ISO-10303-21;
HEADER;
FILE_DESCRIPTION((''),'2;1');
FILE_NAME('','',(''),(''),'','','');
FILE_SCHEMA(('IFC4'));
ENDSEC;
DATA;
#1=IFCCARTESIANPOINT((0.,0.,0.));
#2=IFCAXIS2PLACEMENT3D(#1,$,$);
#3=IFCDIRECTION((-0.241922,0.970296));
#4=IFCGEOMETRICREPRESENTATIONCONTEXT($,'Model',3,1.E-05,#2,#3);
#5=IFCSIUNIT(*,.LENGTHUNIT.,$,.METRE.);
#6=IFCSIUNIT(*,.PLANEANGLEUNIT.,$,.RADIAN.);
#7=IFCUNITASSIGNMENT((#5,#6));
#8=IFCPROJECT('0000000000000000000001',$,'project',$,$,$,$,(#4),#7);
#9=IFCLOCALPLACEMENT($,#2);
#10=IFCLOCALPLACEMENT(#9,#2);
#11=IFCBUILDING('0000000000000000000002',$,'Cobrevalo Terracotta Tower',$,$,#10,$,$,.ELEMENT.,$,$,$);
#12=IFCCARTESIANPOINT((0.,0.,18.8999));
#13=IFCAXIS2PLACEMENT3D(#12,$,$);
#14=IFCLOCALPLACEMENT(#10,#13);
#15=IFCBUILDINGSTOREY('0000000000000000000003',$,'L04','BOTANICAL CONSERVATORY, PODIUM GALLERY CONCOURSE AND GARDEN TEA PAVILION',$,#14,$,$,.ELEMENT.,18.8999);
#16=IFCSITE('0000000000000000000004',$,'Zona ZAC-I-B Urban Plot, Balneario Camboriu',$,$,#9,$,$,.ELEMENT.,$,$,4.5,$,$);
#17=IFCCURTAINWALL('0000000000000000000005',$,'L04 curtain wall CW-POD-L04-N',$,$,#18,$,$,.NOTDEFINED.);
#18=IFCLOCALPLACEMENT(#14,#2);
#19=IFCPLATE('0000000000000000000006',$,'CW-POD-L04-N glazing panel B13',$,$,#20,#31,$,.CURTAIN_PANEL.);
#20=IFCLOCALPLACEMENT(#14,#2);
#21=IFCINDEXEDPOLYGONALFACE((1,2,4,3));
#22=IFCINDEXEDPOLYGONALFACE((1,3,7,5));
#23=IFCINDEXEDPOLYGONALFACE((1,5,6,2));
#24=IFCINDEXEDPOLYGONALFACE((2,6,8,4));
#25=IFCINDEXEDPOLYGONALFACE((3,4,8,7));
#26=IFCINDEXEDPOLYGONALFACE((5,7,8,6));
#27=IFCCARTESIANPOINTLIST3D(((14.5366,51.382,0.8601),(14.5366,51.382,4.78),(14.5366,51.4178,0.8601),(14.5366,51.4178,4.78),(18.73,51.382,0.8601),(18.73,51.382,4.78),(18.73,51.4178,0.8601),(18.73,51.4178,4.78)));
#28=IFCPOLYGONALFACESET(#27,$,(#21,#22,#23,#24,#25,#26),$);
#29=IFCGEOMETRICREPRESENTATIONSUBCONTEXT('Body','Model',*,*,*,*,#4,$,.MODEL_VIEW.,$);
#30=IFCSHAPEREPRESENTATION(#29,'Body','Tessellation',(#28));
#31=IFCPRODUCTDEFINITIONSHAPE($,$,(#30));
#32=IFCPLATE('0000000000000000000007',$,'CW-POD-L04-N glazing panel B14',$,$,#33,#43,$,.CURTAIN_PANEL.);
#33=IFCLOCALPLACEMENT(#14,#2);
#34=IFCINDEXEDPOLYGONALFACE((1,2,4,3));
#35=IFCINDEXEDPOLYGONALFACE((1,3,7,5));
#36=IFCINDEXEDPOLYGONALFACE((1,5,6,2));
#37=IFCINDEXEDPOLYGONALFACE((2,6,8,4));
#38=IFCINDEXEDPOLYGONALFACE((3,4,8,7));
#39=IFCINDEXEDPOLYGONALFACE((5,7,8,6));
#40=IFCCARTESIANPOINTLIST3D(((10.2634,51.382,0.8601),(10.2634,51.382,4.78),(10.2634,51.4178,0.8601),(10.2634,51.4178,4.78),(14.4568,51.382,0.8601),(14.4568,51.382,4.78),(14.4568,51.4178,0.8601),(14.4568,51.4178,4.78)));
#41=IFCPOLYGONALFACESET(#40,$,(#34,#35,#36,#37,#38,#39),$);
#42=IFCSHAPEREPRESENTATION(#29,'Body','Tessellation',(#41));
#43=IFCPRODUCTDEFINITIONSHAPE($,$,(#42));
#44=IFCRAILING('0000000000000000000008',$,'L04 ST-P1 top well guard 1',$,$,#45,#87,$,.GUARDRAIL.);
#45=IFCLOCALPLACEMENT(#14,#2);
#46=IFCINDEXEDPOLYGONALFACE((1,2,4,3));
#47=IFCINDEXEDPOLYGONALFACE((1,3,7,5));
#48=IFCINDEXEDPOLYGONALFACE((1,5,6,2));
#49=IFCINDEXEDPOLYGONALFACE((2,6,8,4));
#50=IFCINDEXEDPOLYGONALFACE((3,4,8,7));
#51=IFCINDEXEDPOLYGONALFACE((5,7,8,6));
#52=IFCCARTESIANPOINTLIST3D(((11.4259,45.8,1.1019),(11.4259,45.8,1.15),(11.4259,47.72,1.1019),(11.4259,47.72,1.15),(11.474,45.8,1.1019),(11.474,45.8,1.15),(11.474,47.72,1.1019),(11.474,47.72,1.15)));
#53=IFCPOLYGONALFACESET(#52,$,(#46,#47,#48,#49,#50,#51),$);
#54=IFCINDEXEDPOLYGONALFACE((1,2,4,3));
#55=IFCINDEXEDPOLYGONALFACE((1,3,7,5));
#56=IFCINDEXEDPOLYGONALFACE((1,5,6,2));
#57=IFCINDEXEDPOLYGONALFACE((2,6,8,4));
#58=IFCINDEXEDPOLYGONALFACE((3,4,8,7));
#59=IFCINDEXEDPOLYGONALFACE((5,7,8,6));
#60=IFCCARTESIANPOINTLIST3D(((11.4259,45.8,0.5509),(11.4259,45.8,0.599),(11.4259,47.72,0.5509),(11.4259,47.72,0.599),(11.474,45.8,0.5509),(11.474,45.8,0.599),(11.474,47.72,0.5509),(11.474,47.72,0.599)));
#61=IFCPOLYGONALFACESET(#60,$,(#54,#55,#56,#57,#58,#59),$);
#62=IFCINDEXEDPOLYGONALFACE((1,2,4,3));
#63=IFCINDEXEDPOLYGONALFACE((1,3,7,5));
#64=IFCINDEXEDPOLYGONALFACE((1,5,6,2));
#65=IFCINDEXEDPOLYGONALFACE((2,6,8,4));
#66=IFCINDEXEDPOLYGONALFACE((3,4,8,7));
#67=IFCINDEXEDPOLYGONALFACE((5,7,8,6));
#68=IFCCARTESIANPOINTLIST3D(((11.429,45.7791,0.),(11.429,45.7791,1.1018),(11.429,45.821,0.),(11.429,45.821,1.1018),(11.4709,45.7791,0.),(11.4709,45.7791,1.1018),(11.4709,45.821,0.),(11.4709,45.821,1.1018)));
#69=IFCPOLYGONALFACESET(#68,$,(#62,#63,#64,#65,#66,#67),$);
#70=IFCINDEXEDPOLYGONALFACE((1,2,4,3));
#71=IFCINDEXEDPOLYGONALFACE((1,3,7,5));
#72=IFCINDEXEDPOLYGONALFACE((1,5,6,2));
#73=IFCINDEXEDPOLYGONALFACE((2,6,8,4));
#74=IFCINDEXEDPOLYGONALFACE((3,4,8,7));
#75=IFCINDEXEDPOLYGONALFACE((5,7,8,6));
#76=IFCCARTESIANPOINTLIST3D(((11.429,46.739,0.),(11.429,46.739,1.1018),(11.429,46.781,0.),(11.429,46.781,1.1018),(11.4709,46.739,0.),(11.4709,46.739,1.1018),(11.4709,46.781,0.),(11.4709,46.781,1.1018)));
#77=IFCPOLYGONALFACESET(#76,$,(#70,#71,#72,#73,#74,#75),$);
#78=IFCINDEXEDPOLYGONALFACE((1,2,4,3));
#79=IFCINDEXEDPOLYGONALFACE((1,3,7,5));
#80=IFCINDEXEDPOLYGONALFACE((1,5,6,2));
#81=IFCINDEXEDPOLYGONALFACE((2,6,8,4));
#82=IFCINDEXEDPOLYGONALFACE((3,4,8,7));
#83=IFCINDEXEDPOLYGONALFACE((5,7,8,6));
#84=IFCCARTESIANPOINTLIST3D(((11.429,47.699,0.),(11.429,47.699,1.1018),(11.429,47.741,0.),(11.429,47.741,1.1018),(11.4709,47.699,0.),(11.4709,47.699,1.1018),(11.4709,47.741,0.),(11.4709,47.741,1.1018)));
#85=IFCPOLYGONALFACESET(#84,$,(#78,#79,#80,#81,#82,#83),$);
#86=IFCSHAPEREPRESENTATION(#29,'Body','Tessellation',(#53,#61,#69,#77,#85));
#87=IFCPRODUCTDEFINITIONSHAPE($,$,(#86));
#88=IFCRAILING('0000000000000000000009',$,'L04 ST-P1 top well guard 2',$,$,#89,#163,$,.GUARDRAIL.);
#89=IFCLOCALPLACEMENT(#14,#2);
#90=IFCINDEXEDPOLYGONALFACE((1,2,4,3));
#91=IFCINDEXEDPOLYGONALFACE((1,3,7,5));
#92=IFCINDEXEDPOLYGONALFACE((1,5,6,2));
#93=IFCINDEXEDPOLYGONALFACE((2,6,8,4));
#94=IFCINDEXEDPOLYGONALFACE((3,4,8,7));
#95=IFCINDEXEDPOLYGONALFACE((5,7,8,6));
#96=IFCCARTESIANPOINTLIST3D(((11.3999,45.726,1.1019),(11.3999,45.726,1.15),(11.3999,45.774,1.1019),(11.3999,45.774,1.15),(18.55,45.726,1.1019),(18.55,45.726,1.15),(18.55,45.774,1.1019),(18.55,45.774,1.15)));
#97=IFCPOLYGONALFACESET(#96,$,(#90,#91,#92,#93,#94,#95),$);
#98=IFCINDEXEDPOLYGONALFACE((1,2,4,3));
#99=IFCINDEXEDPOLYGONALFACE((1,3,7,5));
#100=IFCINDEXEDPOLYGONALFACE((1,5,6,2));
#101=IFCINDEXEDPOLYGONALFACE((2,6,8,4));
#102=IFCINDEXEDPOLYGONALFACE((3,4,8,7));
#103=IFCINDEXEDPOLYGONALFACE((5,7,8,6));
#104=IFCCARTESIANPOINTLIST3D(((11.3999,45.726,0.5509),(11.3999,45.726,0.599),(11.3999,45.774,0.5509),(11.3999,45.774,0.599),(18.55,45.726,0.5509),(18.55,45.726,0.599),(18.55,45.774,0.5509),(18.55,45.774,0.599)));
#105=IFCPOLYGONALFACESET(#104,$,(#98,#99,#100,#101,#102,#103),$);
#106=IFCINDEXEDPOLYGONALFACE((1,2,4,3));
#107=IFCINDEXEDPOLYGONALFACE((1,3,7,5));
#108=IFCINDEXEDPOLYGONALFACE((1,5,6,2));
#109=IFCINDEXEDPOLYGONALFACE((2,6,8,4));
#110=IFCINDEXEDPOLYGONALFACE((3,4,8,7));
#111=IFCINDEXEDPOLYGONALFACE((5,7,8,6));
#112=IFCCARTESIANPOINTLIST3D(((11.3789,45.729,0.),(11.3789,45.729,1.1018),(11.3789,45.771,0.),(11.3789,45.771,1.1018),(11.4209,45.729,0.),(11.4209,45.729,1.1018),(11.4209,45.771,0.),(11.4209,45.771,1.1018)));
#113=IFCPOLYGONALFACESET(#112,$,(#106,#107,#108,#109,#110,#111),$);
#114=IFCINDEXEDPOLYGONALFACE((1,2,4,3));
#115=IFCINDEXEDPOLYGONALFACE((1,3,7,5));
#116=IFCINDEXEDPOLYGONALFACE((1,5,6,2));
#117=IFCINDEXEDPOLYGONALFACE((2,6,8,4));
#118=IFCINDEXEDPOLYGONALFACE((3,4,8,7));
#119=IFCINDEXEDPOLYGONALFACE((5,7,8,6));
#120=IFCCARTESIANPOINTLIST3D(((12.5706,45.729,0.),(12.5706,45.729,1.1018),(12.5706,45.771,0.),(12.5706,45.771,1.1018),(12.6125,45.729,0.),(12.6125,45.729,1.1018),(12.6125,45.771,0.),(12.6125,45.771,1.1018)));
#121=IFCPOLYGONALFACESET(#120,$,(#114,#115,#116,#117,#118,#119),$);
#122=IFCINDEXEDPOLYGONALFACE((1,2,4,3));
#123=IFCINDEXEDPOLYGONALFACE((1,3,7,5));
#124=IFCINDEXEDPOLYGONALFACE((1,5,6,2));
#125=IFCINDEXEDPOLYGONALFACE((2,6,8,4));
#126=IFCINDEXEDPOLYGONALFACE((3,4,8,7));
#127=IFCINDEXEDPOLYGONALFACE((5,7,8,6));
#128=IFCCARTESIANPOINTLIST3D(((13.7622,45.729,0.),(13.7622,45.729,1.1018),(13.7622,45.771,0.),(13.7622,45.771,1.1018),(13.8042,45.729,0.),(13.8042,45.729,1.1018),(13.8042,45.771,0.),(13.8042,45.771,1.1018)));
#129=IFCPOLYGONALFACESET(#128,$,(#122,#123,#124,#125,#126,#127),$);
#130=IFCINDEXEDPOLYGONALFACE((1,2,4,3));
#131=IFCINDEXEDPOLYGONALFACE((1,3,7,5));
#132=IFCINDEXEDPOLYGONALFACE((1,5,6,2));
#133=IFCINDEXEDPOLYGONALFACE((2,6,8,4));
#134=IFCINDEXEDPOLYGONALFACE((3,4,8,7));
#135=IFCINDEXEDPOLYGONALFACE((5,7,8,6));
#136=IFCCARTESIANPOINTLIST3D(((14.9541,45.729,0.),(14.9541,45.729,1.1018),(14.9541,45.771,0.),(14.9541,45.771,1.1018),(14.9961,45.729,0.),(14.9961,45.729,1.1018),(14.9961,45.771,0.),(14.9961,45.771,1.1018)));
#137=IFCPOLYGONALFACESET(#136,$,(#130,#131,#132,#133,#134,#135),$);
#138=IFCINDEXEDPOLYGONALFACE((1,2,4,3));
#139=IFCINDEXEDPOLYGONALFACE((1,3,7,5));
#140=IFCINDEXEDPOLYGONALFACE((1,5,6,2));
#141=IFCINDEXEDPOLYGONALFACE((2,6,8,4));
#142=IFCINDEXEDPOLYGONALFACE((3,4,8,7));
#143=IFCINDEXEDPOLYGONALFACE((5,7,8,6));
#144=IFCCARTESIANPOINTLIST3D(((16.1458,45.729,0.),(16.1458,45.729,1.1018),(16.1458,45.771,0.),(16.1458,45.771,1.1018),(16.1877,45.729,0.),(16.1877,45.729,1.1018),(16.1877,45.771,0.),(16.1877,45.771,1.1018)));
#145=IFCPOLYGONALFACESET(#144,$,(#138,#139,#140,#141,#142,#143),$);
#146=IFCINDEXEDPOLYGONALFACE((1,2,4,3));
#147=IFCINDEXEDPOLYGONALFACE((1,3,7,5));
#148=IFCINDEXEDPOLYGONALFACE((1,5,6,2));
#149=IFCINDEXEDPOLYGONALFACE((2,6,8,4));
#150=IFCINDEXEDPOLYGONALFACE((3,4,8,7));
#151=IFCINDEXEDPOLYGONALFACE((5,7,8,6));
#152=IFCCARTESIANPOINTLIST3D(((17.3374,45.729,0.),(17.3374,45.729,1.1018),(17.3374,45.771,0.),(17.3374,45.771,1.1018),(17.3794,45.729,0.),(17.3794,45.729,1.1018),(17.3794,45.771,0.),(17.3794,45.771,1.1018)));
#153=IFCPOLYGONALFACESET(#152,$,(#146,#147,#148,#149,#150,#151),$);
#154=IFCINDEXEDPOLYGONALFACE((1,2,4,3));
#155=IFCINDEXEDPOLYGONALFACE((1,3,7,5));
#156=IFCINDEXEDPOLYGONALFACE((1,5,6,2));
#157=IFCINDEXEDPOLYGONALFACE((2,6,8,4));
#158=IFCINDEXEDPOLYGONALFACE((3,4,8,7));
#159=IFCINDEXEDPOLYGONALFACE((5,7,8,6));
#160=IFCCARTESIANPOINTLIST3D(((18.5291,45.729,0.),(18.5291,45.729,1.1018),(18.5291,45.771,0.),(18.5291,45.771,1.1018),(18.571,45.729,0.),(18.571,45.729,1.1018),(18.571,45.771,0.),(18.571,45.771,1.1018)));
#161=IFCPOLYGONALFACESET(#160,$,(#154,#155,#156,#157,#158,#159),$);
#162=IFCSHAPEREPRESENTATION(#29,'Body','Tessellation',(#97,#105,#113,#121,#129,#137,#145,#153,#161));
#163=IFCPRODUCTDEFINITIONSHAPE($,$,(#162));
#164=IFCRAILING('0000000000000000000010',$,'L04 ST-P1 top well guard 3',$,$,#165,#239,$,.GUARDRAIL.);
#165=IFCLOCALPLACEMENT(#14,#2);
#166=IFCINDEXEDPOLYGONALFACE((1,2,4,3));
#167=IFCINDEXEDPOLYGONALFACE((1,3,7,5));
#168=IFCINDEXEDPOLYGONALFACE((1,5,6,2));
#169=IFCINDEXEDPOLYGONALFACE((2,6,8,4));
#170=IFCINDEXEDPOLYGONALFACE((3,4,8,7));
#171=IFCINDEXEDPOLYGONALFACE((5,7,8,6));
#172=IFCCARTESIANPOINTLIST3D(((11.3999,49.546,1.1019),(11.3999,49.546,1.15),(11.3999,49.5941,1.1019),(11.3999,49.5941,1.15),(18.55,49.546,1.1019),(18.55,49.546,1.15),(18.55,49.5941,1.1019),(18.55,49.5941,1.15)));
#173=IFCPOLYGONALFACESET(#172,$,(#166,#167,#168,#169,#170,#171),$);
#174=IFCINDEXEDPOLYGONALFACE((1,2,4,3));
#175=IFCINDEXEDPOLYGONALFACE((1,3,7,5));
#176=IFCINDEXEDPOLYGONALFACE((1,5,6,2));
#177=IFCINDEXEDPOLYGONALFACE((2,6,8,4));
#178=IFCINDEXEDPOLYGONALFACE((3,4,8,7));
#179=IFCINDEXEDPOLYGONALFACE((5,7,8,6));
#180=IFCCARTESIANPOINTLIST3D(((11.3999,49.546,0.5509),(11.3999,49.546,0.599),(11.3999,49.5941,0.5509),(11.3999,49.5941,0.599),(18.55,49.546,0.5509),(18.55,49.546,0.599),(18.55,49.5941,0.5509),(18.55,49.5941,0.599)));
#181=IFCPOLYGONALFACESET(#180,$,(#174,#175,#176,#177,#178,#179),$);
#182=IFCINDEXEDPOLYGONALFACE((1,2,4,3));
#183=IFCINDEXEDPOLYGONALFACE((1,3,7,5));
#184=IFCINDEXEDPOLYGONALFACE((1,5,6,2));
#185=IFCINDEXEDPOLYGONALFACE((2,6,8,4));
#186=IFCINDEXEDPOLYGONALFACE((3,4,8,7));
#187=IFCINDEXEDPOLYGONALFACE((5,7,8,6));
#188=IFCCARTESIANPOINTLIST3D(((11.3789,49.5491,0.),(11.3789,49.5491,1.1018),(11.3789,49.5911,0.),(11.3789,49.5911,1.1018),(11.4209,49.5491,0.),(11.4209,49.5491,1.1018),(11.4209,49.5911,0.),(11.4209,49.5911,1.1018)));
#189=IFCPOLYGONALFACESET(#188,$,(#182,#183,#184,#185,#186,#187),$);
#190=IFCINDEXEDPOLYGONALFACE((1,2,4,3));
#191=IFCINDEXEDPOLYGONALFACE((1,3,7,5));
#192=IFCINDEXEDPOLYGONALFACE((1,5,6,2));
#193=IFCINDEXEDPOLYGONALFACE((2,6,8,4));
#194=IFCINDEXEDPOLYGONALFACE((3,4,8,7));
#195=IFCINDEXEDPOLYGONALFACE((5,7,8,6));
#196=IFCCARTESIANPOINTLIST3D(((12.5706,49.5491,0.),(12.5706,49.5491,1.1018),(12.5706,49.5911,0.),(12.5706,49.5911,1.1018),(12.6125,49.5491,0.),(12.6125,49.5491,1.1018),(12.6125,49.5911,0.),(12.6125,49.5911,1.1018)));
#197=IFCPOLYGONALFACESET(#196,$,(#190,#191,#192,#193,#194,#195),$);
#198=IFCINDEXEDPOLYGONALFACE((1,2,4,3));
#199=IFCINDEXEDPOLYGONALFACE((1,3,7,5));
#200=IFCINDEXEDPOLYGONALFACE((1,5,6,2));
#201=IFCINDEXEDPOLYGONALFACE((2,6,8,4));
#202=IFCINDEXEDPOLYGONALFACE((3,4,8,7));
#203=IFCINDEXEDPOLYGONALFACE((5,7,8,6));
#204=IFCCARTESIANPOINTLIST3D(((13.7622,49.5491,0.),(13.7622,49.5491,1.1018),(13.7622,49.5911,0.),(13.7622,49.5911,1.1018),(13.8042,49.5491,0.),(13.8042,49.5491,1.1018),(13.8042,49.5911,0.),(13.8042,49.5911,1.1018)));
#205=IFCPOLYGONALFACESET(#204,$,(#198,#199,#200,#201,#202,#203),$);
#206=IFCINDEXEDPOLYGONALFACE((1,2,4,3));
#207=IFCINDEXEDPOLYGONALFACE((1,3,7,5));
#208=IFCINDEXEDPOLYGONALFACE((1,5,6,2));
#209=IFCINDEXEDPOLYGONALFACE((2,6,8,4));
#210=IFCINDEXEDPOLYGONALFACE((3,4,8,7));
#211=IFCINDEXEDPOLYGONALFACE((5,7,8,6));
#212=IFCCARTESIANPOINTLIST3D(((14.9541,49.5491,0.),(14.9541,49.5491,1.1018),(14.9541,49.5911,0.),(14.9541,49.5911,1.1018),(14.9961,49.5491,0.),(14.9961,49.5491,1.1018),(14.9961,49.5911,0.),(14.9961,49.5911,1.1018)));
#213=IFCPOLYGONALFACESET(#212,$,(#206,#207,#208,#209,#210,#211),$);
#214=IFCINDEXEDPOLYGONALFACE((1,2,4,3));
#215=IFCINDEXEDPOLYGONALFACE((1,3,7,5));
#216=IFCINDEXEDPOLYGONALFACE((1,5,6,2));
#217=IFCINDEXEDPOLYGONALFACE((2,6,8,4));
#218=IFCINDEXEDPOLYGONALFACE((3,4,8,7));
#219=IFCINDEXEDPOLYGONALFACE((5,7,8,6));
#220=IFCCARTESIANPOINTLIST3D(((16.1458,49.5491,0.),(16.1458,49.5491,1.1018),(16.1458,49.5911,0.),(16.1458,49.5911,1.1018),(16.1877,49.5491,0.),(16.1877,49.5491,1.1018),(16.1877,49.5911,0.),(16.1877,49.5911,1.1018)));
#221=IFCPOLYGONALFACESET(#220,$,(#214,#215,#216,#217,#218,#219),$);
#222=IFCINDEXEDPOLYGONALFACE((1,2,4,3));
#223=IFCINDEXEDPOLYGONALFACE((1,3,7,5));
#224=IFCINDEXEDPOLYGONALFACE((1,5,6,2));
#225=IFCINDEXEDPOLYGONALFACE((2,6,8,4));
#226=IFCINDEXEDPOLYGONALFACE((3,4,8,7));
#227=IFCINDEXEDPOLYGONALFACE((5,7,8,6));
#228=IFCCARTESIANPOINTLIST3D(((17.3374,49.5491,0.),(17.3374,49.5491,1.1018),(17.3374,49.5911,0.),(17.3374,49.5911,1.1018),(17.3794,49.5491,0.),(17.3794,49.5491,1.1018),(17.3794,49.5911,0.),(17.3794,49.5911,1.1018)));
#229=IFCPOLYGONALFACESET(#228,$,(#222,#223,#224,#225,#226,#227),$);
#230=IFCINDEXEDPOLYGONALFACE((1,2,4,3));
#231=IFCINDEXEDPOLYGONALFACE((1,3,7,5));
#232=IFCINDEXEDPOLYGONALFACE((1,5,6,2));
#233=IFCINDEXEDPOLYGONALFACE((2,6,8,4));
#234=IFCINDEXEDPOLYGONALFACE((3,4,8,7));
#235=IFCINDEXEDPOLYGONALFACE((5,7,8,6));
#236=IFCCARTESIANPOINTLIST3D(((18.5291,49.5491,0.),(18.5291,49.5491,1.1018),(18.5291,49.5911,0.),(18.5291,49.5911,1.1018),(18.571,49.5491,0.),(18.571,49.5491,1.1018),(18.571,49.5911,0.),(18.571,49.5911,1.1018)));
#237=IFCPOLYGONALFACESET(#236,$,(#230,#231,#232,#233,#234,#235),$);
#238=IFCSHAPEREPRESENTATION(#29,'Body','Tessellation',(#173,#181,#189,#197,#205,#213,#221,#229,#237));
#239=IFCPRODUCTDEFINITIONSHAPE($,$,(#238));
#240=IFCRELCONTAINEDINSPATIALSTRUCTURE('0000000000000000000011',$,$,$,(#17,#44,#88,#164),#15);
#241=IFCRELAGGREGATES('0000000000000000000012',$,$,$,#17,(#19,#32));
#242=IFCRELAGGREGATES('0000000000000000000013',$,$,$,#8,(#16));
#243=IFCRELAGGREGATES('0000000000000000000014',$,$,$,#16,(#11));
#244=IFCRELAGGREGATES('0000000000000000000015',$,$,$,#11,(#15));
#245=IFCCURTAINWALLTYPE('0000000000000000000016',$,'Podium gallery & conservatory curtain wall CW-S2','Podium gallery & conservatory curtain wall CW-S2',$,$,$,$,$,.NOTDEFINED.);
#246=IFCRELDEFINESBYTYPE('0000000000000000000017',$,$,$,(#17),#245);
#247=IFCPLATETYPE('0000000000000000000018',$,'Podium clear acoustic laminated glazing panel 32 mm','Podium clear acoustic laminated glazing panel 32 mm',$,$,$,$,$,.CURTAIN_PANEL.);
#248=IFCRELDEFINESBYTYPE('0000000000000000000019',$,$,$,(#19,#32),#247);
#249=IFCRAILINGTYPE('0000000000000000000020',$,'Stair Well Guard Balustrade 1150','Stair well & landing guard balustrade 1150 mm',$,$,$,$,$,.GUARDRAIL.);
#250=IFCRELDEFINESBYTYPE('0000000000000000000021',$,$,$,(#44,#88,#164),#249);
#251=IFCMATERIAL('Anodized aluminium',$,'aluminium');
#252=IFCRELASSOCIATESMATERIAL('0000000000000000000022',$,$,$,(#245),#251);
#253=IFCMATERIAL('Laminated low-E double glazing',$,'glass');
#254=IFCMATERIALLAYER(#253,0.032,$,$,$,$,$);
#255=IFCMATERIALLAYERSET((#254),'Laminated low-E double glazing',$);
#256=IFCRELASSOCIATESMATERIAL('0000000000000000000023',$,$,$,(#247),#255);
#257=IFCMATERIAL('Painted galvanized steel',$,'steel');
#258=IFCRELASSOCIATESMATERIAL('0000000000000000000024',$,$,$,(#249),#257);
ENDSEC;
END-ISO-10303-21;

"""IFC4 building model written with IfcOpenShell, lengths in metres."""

from ifc_helpers import new_model, si_unit, direction, frame, origin, origin_2d, place, context, subcontext, project, spatial, rectangle, extrude, source, transform, mapped, material, layer, layer_set, type_object, element, aggregate, save


model = new_model("IFC4")

# Units and contexts
model_context = context("Model", 3, precision=1e-05, world=origin(), true_north=direction((-0.241922, 0.970296)))
body_context = subcontext(model_context, "Body", "Model", "MODEL_VIEW")
ifc_project = project(units=[si_unit("LENGTHUNIT", "METRE"), si_unit("PLANEANGLEUNIT", "RADIAN")], contexts=[model_context])

# Site, building, storey
site_placement = place(None, origin())
site = spatial("IfcSite", under=ifc_project, at=site_placement, Name="Zona ZAC-I-B Urban Plot, Balneario Camboriu", CompositionType="ELEMENT", RefElevation=4.5)
building_placement = place(site_placement, origin())
building = spatial("IfcBuilding", under=site, at=building_placement, Name="Cobrevalo Terracotta Tower", CompositionType="ELEMENT")
storey_placement = place(building_placement, frame((0.0, 0.0, 18.8999)))
storey = spatial("IfcBuildingStorey", under=building, at=storey_placement, Name="L04", Description="BOTANICAL CONSERVATORY, PODIUM GALLERY CONCOURSE AND GARDEN TEA PAVILION", CompositionType="ELEMENT", Elevation=18.8999)

# Curtain wall, plates
ifc_material_1 = material(Name="Anodized aluminium", Category="aluminium")
curtain_wall_type = type_object("IfcCurtainWallType", Name="Podium gallery & conservatory curtain wall CW-S2", Description="Podium gallery & conservatory curtain wall CW-S2", PredefinedType="NOTDEFINED", material=ifc_material_1)
curtain_wall_placement = place(storey_placement, origin())
curtain_wall = element("IfcCurtainWall", 1, at=curtain_wall_placement, inside=storey, type_object=curtain_wall_type, Name="L04 curtain wall CW-POD-L04-N", PredefinedType="NOTDEFINED")
ifc_material_2 = material(Name="Laminated low-E double glazing", Category="glass")
ifc_layer_1 = layer(ifc_material_2, 0.032)
ifc_layer_set_1 = layer_set([ifc_layer_1], Name="Laminated low-E double glazing")
plate_type_1 = type_object("IfcPlateType", Name="Podium clear acoustic laminated glazing panel 32 mm", Description="Podium clear acoustic laminated glazing panel 32 mm", PredefinedType="CURTAIN_PANEL", material=ifc_layer_set_1)
shared_shape_1 = source(origin(), body_context, "Body", "SweptSolid", [
    extrude(rectangle(XDim=4.1934, YDim=0.0359, at=origin_2d()), origin(), (0.0, 0.0, 1.0), 3.9199),
])
plate_1_placement = place(storey_placement, frame((16.6333, 51.3999, 0.8601), z_axis=(0.0, 0.0, 1.0), x_axis=(-1.0, 0.0, 0.0)))
plate_1 = element("IfcPlate", 2, at=plate_1_placement, type_object=plate_type_1, Name="CW-POD-L04-N glazing panel B13", PredefinedType="CURTAIN_PANEL", context=body_context, shape_type="MappedRepresentation", body=[
    mapped(shared_shape_1, transform((0.0, 0.0, 0.0), scale=1.0)),
])
plate_2_placement = place(storey_placement, frame((12.3601, 51.3999, 0.8601), z_axis=(0.0, 0.0, 1.0), x_axis=(-1.0, 0.0, 0.0)))
plate_2 = element("IfcPlate", 3, at=plate_2_placement, type_object=plate_type_1, Name="CW-POD-L04-N glazing panel B14", PredefinedType="CURTAIN_PANEL", context=body_context, shape_type="MappedRepresentation", body=[
    mapped(shared_shape_1, transform((0.0, 0.0, 0.0), scale=1.0)),
])
aggregate(curtain_wall, [plate_1, plate_2])

# Railings
ifc_material_3 = material(Name="Painted galvanized steel", Category="steel")
railing_type = type_object("IfcRailingType", Name="Stair Well Guard Balustrade 1150", Description="Stair well & landing guard balustrade 1150 mm", PredefinedType="GUARDRAIL", material=ifc_material_3)
railing_1_placement = place(storey_placement, frame((11.45, 45.8, 0.0)))
element("IfcRailing", 4, at=railing_1_placement, inside=storey, type_object=railing_type, Name="L04 ST-P1 top well guard 1", PredefinedType="GUARDRAIL", context=body_context, shape_type="SweptSolid", body=[
    extrude(rectangle(XDim=0.0481, YDim=0.0481, at=origin_2d()), frame((0.0, 0.0, 1.126), z_axis=(0.0, 1.0, 0.0), x_axis=(-1.0, 0.0, 0.0)), (0.0, 0.0, 1.0), 1.9199),
    extrude(rectangle(XDim=0.0481, YDim=0.0481, at=origin_2d()), frame((0.0, 0.0, 0.575), z_axis=(0.0, 1.0, 0.0), x_axis=(-1.0, 0.0, 0.0)), (0.0, 0.0, 1.0), 1.9199),
    extrude(rectangle(XDim=0.042, YDim=0.042, at=origin_2d()), origin(), (0.0, 0.0, 1.0), 1.1018),
    extrude(rectangle(XDim=0.042, YDim=0.042, at=origin_2d()), frame((0.0, 0.96, 0.0)), (0.0, 0.0, 1.0), 1.1018),
    extrude(rectangle(XDim=0.042, YDim=0.042, at=origin_2d()), frame((0.0, 1.9199, 0.0)), (0.0, 0.0, 1.0), 1.1018),
])
for number, where, name in (
    (5, (11.3999, 45.75, 0.0), "L04 ST-P1 top well guard 2"),
    (6, (11.3999, 49.5701, 0.0), "L04 ST-P1 top well guard 3"),
):
    element("IfcRailing", number, at=place(storey_placement, frame(where)), inside=storey, type_object=railing_type, Name=name, PredefinedType="GUARDRAIL", context=body_context, shape_type="SweptSolid", body=[
        extrude(rectangle(XDim=0.0481, YDim=0.0481, at=origin_2d()), frame((0.0, 0.0, 1.126), z_axis=(1.0, 0.0, 0.0), x_axis=(0.0, 1.0, 0.0)), (0.0, 0.0, 1.0), 7.1501),
        extrude(rectangle(XDim=0.0481, YDim=0.0481, at=origin_2d()), frame((0.0, 0.0, 0.575), z_axis=(1.0, 0.0, 0.0), x_axis=(0.0, 1.0, 0.0)), (0.0, 0.0, 1.0), 7.1501),
        extrude(rectangle(XDim=0.042, YDim=0.042, at=origin_2d()), origin(), (0.0, 0.0, 1.0), 1.1018),
        extrude(rectangle(XDim=0.042, YDim=0.042, at=origin_2d()), frame((1.1917, 0.0, 0.0)), (0.0, 0.0, 1.0), 1.1018),
        extrude(rectangle(XDim=0.042, YDim=0.042, at=origin_2d()), frame((2.3833, 0.0, 0.0)), (0.0, 0.0, 1.0), 1.1018),
        extrude(rectangle(XDim=0.042, YDim=0.042, at=origin_2d()), frame((3.5752, 0.0, 0.0)), (0.0, 0.0, 1.0), 1.1018),
        extrude(rectangle(XDim=0.042, YDim=0.042, at=origin_2d()), frame((4.7668, 0.0, 0.0)), (0.0, 0.0, 1.0), 1.1018),
        extrude(rectangle(XDim=0.042, YDim=0.042, at=origin_2d()), frame((5.9585, 0.0, 0.0)), (0.0, 0.0, 1.0), 1.1018),
        extrude(rectangle(XDim=0.042, YDim=0.042, at=origin_2d()), frame((7.1501, 0.0, 0.0)), (0.0, 0.0, 1.0), 1.1018),
    ])

save(model, "model.ifc")
